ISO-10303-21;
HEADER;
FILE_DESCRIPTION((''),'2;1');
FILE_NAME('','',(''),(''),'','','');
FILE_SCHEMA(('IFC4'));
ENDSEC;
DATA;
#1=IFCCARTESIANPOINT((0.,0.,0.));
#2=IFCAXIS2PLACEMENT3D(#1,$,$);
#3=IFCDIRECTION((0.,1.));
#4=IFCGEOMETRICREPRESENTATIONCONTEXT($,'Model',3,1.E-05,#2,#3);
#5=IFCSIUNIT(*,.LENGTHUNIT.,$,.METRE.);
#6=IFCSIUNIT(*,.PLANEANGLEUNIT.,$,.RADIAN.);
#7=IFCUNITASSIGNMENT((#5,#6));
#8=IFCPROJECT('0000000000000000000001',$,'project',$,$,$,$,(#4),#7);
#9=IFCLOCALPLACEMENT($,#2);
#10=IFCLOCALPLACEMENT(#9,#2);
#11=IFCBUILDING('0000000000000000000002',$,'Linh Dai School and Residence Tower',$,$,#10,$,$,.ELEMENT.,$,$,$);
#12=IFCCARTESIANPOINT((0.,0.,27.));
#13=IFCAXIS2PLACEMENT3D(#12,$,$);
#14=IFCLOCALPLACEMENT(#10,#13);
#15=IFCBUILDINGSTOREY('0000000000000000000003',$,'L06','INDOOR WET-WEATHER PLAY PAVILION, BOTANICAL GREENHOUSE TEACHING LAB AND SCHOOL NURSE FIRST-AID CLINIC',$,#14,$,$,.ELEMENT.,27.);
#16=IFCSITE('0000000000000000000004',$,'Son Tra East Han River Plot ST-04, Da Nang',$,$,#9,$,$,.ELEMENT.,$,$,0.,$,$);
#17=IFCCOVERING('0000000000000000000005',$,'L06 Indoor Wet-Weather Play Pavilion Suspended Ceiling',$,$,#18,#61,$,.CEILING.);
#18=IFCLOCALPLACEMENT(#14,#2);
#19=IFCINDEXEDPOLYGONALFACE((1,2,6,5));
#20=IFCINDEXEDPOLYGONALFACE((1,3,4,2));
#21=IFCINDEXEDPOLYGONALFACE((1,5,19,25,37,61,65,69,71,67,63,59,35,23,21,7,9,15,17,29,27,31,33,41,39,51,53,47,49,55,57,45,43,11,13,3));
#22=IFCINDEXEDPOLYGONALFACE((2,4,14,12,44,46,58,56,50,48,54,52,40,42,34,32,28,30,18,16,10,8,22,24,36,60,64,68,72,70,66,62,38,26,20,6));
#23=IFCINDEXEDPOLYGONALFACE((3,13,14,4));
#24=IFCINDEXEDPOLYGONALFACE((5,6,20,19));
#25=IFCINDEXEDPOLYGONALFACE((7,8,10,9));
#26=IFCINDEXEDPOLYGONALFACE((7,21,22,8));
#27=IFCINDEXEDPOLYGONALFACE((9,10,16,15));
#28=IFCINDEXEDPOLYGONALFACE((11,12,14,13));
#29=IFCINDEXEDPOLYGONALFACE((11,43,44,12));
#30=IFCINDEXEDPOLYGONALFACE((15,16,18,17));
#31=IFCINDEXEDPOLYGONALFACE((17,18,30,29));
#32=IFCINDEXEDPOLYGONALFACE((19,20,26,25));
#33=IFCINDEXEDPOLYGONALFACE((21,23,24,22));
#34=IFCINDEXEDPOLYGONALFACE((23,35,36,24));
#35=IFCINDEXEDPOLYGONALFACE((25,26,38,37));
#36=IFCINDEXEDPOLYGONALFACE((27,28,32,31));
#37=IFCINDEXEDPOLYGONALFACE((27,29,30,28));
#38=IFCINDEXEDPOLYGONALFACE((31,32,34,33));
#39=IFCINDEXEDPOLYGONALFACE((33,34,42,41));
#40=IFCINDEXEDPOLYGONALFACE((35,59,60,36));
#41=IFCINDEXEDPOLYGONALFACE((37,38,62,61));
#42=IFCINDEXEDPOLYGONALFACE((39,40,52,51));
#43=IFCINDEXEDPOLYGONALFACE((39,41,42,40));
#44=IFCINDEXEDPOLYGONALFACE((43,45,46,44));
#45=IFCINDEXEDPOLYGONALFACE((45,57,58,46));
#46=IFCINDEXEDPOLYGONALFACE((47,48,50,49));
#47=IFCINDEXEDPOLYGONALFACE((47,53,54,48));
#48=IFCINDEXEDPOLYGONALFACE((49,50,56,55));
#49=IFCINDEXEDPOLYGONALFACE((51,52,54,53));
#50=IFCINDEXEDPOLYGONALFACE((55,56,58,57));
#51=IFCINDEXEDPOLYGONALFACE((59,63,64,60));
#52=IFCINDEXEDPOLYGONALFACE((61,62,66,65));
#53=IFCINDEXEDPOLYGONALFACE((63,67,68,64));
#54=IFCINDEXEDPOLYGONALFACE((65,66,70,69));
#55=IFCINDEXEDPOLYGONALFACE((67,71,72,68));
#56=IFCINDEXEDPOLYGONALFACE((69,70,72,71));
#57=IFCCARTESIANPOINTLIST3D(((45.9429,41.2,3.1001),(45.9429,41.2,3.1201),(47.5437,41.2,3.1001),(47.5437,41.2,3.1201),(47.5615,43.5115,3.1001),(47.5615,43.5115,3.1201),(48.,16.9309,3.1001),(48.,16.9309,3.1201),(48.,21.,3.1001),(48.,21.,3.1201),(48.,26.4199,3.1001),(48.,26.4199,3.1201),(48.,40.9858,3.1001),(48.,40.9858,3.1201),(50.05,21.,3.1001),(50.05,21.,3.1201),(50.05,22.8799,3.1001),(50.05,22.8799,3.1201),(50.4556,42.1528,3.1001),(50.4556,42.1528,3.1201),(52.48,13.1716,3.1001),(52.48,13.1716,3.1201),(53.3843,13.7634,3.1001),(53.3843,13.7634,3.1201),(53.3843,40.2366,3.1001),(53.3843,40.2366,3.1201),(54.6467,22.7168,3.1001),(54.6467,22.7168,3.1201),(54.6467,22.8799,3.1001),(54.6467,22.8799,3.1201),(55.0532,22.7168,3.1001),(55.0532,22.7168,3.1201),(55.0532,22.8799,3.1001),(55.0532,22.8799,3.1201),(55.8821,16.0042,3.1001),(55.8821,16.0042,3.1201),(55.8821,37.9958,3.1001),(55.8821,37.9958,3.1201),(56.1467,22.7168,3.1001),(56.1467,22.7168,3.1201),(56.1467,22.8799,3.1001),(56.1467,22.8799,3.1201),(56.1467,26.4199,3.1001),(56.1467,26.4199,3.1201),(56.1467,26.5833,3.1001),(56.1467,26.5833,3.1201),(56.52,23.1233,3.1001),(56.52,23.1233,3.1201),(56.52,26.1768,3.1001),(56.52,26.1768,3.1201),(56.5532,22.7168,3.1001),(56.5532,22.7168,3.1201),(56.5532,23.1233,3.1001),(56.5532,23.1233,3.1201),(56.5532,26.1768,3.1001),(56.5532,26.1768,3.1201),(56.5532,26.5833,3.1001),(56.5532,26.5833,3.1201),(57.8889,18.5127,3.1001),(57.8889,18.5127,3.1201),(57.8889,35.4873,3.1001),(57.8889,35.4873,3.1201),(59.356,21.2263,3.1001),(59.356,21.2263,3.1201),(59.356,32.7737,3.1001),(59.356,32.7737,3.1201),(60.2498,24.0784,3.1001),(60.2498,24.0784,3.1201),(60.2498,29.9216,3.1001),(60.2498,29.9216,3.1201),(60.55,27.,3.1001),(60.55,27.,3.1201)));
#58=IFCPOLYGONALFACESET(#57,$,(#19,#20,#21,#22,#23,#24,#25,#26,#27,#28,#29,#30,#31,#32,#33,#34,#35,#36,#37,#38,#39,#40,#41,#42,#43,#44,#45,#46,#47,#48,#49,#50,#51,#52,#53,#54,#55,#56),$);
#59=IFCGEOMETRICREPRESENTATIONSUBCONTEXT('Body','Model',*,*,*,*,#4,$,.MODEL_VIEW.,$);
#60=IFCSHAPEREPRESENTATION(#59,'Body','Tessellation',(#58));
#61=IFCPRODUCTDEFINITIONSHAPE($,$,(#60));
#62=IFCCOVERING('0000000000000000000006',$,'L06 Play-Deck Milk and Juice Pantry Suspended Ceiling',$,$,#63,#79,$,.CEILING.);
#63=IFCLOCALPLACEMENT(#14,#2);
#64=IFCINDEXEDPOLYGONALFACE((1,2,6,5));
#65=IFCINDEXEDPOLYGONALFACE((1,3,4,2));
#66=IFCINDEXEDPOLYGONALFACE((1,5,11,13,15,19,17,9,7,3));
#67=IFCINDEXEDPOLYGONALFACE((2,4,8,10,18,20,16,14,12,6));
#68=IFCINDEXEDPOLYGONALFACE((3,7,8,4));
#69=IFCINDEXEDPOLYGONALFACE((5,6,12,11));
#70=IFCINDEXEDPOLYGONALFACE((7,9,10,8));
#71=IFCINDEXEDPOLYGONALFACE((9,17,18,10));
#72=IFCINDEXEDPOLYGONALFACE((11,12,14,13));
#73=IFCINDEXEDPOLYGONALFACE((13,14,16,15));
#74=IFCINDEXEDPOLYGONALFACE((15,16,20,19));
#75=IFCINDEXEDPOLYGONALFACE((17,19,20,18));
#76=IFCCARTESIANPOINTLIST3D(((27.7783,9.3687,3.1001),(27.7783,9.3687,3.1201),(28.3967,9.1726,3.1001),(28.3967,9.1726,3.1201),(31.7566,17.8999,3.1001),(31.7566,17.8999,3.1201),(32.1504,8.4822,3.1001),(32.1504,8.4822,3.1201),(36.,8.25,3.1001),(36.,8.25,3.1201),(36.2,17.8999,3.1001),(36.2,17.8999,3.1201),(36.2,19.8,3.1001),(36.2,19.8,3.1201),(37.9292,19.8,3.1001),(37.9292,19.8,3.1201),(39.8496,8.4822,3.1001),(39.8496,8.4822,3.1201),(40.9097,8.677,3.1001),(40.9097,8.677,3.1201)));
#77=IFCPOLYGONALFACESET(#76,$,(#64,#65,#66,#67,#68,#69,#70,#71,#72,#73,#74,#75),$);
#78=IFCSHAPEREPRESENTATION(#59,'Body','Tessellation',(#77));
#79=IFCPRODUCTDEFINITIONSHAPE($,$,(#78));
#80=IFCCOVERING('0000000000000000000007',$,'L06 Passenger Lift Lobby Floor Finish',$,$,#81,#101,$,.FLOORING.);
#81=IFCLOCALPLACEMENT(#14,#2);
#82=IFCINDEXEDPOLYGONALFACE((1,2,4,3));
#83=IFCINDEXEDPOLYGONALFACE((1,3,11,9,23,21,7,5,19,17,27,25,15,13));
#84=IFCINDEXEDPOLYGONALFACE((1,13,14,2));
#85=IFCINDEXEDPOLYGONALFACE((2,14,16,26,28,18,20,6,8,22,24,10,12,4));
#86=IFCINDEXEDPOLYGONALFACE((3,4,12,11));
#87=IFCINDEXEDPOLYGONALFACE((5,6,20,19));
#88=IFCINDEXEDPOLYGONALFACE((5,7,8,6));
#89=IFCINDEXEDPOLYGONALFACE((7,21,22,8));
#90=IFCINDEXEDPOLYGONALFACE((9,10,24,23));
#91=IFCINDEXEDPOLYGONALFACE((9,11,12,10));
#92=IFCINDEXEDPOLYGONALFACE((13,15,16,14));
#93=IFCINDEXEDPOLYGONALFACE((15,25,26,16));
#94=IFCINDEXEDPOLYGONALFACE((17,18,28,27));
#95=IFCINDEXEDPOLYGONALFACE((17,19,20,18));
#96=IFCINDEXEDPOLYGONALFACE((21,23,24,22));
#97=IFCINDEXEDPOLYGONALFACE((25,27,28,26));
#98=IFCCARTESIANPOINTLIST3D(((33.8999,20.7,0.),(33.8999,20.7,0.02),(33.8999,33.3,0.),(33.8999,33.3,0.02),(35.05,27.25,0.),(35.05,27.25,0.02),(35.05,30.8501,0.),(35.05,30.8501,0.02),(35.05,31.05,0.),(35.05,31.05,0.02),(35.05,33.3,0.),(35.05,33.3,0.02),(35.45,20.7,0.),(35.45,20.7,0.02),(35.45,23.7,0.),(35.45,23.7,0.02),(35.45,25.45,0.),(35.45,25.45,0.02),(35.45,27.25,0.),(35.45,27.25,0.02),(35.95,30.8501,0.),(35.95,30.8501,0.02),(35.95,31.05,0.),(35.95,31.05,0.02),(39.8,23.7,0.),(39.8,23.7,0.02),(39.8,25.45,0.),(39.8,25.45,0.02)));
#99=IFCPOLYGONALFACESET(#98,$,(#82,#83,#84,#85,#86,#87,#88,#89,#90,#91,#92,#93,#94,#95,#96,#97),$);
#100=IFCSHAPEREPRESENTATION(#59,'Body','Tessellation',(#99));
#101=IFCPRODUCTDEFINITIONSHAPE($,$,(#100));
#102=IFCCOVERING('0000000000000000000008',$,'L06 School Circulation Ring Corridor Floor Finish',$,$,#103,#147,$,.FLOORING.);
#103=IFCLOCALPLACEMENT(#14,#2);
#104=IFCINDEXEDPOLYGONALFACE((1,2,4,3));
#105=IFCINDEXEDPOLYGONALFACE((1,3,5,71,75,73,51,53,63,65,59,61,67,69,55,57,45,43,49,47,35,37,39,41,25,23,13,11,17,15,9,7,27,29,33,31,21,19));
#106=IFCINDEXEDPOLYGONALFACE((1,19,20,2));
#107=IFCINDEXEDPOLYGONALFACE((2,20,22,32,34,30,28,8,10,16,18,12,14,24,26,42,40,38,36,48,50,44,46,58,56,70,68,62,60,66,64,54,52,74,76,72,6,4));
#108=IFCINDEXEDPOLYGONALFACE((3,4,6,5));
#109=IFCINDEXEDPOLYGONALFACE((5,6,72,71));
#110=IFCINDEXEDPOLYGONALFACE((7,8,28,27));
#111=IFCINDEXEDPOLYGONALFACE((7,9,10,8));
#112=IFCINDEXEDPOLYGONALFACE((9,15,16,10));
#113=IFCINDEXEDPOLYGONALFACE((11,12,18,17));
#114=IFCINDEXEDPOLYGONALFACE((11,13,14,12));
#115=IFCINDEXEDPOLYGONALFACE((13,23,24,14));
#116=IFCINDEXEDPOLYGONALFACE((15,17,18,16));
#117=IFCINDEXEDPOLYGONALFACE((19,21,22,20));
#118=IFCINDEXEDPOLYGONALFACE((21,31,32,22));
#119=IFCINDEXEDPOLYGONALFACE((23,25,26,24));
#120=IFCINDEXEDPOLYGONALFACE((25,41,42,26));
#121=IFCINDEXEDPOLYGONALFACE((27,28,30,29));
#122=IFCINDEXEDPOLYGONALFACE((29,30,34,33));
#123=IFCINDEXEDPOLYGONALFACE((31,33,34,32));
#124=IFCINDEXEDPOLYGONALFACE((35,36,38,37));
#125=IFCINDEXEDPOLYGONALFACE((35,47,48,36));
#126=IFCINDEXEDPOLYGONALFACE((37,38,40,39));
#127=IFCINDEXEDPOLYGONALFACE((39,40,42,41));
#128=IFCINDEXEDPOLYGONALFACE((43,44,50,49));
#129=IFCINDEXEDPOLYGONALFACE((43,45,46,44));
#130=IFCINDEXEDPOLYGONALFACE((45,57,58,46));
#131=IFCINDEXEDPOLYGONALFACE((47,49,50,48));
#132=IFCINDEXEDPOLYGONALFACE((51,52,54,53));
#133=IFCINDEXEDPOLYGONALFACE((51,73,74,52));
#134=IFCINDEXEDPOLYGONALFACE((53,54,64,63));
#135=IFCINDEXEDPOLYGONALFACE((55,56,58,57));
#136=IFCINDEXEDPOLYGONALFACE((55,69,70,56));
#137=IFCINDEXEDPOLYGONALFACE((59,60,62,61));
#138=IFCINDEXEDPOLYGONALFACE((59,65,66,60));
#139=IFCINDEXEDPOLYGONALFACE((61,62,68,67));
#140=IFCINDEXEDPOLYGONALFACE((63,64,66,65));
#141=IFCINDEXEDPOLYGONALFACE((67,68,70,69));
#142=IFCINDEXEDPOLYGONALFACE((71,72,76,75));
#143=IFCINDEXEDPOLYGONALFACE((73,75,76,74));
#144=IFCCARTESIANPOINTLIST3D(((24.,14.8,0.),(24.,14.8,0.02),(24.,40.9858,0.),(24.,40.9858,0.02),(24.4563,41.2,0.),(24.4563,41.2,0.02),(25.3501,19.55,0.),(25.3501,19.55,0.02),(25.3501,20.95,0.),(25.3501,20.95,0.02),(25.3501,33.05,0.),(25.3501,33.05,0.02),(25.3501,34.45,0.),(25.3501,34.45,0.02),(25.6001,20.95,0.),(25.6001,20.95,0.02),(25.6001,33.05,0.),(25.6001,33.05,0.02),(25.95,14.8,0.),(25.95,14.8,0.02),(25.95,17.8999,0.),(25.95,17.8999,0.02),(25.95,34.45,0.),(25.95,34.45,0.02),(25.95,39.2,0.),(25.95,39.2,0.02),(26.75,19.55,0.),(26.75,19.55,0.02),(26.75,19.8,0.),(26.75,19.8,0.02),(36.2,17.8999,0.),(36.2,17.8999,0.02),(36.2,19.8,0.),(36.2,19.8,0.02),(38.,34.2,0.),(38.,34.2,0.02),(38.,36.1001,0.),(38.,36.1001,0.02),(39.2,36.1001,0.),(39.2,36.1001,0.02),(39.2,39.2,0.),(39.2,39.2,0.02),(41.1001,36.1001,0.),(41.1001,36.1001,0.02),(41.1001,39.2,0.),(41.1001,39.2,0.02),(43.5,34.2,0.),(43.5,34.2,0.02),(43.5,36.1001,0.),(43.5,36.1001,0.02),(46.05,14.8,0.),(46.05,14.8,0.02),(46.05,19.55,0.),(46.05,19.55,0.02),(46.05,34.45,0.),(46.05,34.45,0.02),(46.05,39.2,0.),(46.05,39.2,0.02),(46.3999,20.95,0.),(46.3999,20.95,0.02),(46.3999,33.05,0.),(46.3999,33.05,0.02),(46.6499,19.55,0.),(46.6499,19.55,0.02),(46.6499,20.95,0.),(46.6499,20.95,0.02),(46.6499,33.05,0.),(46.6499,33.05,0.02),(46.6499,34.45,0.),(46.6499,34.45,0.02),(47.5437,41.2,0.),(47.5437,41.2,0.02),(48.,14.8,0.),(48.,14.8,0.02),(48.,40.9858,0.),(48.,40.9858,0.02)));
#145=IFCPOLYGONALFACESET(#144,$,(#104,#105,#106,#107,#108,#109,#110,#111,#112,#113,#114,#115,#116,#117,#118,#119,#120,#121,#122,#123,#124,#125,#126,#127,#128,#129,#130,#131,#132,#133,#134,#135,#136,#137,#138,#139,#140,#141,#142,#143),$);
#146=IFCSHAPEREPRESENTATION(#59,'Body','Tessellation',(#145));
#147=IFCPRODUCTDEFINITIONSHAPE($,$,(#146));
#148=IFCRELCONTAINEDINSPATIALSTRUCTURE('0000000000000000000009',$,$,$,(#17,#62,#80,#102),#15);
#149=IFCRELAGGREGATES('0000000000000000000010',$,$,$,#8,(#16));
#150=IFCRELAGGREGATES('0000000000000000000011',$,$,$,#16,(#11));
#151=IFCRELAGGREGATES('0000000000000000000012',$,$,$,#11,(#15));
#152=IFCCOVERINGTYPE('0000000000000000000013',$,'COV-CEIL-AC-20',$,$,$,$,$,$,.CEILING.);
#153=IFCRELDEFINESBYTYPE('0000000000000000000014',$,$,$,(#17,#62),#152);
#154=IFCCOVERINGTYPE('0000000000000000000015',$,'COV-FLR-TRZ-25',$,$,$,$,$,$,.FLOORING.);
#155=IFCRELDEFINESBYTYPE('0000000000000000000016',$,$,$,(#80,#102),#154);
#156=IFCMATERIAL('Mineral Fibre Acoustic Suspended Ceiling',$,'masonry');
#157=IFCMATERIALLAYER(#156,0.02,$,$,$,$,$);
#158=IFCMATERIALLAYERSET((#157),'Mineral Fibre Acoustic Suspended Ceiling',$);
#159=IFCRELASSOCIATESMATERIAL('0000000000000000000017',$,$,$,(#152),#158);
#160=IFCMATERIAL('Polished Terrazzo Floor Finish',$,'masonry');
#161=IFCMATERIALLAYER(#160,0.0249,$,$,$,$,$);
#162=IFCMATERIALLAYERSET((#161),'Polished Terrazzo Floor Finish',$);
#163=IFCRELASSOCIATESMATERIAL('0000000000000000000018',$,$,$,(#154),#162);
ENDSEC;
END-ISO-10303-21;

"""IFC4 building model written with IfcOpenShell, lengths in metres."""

from ifc_helpers import new_model, si_unit, direction, frame, origin, place, context, subcontext, project, spatial, polyline, outline, extrude, material, layer, layer_set, type_object, element, save


model = new_model("IFC4")

# Units and contexts
model_context = context("Model", 3, precision=1e-05, world=origin(), true_north=direction((0.0, 1.0)))
body_context = subcontext(model_context, "Body", "Model", "MODEL_VIEW")
ifc_project = project(units=[si_unit("LENGTHUNIT", "METRE"), si_unit("PLANEANGLEUNIT", "RADIAN")], contexts=[model_context])

# Site, building, storey
site_placement = place(None, origin())
site = spatial("IfcSite", under=ifc_project, at=site_placement, Name="Son Tra East Han River Plot ST-04, Da Nang", CompositionType="ELEMENT", RefElevation=0.0)
building_placement = place(site_placement, origin())
building = spatial("IfcBuilding", under=site, at=building_placement, Name="Linh Dai School and Residence Tower", CompositionType="ELEMENT")
storey_placement = place(building_placement, frame((0.0, 0.0, 27.0)))
storey = spatial("IfcBuildingStorey", under=building, at=storey_placement, Name="L06", Description="INDOOR WET-WEATHER PLAY PAVILION, BOTANICAL GREENHOUSE TEACHING LAB AND SCHOOL NURSE FIRST-AID CLINIC", CompositionType="ELEMENT", Elevation=27.0)

# Coverings
ifc_material_1 = material(Name="Mineral Fibre Acoustic Suspended Ceiling", Category="masonry")
ifc_layer_1 = layer(ifc_material_1, 0.02)
ifc_layer_set_1 = layer_set([ifc_layer_1], Name="Mineral Fibre Acoustic Suspended Ceiling")
covering_type_1 = type_object("IfcCoveringType", Name="COV-CEIL-AC-20", PredefinedType="CEILING", material=ifc_layer_set_1)
covering_1_placement = place(storey_placement, frame((0.0, 0.0, 3.1001)))
element("IfcCovering", 1, at=covering_1_placement, inside=storey, type_object=covering_type_1, Name="L06 Indoor Wet-Weather Play Pavilion Suspended Ceiling", PredefinedType="CEILING", context=body_context, shape_type="SweptSolid", body=[
    extrude(outline(polyline([(55.8821, 16.0042), (53.3843, 13.7634), (52.48, 13.1716), (48.0, 16.9309), (48.0, 21.0), (50.05, 21.0), (50.05, 22.8799), (54.6467, 22.8799), (54.6467, 22.7168), (55.0532, 22.7168), (55.0532, 22.8799), (56.1467, 22.8799), (56.1467, 22.7168), (56.5532, 22.7168), (56.5532, 23.1233), (56.52, 23.1233), (56.52, 26.1768), (56.5532, 26.1768), (56.5532, 26.5833), (56.1467, 26.5833), (56.1467, 26.4199), (48.0, 26.4199), (48.0, 40.9858), (47.5437, 41.2), (45.9429, 41.2), (47.5615, 43.5115), (50.4556, 42.1528), (53.3843, 40.2366), (55.8821, 37.9958), (57.8889, 35.4873), (59.356, 32.7737), (60.2498, 29.9216), (60.55, 27.0), (60.2498, 24.0784), (59.356, 21.2263), (57.8889, 18.5127), (55.8821, 16.0042)])), origin(), (0.0, 0.0, 1.0), 0.02),
])
covering_2_placement = place(storey_placement, frame((0.0, 0.0, 3.1001)))
element("IfcCovering", 2, at=covering_2_placement, inside=storey, type_object=covering_type_1, Name="L06 Play-Deck Milk and Juice Pantry Suspended Ceiling", PredefinedType="CEILING", context=body_context, shape_type="SweptSolid", body=[
    extrude(outline(polyline([(39.8496, 8.4822), (36.0, 8.25), (32.1504, 8.4822), (28.3967, 9.1726), (27.7783, 9.3687), (31.7566, 17.8999), (36.2, 17.8999), (36.2, 19.8), (37.9292, 19.8), (40.9097, 8.677), (39.8496, 8.4822)])), origin(), (0.0, 0.0, 1.0), 0.02),
])
ifc_material_2 = material(Name="Polished Terrazzo Floor Finish", Category="masonry")
ifc_layer_2 = layer(ifc_material_2, 0.0249)
ifc_layer_set_2 = layer_set([ifc_layer_2], Name="Polished Terrazzo Floor Finish")
covering_type_2 = type_object("IfcCoveringType", Name="COV-FLR-TRZ-25", PredefinedType="FLOORING", material=ifc_layer_set_2)
covering_3_placement = place(storey_placement, origin())
element("IfcCovering", 3, at=covering_3_placement, inside=storey, type_object=covering_type_2, Name="L06 Passenger Lift Lobby Floor Finish", PredefinedType="FLOORING", context=body_context, shape_type="SweptSolid", body=[
    extrude(outline(polyline([(35.05, 33.3), (35.05, 31.05), (35.95, 31.05), (35.95, 30.8501), (35.05, 30.8501), (35.05, 27.25), (35.45, 27.25), (35.45, 25.45), (39.8, 25.45), (39.8, 23.7), (35.45, 23.7), (35.45, 20.7), (33.8999, 20.7), (33.8999, 33.3), (35.05, 33.3)])), origin(), (0.0, 0.0, 1.0), 0.02),
])
covering_4_placement = place(storey_placement, origin())
element("IfcCovering", 4, at=covering_4_placement, inside=storey, type_object=covering_type_2, Name="L06 School Circulation Ring Corridor Floor Finish", PredefinedType="FLOORING", context=body_context, shape_type="SweptSolid", body=[
    extrude(outline(polyline([(24.0, 40.9858), (24.4563, 41.2), (47.5437, 41.2), (48.0, 40.9858), (48.0, 14.8), (46.05, 14.8), (46.05, 19.55), (46.6499, 19.55), (46.6499, 20.95), (46.3999, 20.95), (46.3999, 33.05), (46.6499, 33.05), (46.6499, 34.45), (46.05, 34.45), (46.05, 39.2), (41.1001, 39.2), (41.1001, 36.1001), (43.5, 36.1001), (43.5, 34.2), (38.0, 34.2), (38.0, 36.1001), (39.2, 36.1001), (39.2, 39.2), (25.95, 39.2), (25.95, 34.45), (25.3501, 34.45), (25.3501, 33.05), (25.6001, 33.05), (25.6001, 20.95), (25.3501, 20.95), (25.3501, 19.55), (26.75, 19.55), (26.75, 19.8), (36.2, 19.8), (36.2, 17.8999), (25.95, 17.8999), (25.95, 14.8), (24.0, 14.8), (24.0, 40.9858)])), origin(), (0.0, 0.0, 1.0), 0.02),
])

save(model, "model.ifc")
